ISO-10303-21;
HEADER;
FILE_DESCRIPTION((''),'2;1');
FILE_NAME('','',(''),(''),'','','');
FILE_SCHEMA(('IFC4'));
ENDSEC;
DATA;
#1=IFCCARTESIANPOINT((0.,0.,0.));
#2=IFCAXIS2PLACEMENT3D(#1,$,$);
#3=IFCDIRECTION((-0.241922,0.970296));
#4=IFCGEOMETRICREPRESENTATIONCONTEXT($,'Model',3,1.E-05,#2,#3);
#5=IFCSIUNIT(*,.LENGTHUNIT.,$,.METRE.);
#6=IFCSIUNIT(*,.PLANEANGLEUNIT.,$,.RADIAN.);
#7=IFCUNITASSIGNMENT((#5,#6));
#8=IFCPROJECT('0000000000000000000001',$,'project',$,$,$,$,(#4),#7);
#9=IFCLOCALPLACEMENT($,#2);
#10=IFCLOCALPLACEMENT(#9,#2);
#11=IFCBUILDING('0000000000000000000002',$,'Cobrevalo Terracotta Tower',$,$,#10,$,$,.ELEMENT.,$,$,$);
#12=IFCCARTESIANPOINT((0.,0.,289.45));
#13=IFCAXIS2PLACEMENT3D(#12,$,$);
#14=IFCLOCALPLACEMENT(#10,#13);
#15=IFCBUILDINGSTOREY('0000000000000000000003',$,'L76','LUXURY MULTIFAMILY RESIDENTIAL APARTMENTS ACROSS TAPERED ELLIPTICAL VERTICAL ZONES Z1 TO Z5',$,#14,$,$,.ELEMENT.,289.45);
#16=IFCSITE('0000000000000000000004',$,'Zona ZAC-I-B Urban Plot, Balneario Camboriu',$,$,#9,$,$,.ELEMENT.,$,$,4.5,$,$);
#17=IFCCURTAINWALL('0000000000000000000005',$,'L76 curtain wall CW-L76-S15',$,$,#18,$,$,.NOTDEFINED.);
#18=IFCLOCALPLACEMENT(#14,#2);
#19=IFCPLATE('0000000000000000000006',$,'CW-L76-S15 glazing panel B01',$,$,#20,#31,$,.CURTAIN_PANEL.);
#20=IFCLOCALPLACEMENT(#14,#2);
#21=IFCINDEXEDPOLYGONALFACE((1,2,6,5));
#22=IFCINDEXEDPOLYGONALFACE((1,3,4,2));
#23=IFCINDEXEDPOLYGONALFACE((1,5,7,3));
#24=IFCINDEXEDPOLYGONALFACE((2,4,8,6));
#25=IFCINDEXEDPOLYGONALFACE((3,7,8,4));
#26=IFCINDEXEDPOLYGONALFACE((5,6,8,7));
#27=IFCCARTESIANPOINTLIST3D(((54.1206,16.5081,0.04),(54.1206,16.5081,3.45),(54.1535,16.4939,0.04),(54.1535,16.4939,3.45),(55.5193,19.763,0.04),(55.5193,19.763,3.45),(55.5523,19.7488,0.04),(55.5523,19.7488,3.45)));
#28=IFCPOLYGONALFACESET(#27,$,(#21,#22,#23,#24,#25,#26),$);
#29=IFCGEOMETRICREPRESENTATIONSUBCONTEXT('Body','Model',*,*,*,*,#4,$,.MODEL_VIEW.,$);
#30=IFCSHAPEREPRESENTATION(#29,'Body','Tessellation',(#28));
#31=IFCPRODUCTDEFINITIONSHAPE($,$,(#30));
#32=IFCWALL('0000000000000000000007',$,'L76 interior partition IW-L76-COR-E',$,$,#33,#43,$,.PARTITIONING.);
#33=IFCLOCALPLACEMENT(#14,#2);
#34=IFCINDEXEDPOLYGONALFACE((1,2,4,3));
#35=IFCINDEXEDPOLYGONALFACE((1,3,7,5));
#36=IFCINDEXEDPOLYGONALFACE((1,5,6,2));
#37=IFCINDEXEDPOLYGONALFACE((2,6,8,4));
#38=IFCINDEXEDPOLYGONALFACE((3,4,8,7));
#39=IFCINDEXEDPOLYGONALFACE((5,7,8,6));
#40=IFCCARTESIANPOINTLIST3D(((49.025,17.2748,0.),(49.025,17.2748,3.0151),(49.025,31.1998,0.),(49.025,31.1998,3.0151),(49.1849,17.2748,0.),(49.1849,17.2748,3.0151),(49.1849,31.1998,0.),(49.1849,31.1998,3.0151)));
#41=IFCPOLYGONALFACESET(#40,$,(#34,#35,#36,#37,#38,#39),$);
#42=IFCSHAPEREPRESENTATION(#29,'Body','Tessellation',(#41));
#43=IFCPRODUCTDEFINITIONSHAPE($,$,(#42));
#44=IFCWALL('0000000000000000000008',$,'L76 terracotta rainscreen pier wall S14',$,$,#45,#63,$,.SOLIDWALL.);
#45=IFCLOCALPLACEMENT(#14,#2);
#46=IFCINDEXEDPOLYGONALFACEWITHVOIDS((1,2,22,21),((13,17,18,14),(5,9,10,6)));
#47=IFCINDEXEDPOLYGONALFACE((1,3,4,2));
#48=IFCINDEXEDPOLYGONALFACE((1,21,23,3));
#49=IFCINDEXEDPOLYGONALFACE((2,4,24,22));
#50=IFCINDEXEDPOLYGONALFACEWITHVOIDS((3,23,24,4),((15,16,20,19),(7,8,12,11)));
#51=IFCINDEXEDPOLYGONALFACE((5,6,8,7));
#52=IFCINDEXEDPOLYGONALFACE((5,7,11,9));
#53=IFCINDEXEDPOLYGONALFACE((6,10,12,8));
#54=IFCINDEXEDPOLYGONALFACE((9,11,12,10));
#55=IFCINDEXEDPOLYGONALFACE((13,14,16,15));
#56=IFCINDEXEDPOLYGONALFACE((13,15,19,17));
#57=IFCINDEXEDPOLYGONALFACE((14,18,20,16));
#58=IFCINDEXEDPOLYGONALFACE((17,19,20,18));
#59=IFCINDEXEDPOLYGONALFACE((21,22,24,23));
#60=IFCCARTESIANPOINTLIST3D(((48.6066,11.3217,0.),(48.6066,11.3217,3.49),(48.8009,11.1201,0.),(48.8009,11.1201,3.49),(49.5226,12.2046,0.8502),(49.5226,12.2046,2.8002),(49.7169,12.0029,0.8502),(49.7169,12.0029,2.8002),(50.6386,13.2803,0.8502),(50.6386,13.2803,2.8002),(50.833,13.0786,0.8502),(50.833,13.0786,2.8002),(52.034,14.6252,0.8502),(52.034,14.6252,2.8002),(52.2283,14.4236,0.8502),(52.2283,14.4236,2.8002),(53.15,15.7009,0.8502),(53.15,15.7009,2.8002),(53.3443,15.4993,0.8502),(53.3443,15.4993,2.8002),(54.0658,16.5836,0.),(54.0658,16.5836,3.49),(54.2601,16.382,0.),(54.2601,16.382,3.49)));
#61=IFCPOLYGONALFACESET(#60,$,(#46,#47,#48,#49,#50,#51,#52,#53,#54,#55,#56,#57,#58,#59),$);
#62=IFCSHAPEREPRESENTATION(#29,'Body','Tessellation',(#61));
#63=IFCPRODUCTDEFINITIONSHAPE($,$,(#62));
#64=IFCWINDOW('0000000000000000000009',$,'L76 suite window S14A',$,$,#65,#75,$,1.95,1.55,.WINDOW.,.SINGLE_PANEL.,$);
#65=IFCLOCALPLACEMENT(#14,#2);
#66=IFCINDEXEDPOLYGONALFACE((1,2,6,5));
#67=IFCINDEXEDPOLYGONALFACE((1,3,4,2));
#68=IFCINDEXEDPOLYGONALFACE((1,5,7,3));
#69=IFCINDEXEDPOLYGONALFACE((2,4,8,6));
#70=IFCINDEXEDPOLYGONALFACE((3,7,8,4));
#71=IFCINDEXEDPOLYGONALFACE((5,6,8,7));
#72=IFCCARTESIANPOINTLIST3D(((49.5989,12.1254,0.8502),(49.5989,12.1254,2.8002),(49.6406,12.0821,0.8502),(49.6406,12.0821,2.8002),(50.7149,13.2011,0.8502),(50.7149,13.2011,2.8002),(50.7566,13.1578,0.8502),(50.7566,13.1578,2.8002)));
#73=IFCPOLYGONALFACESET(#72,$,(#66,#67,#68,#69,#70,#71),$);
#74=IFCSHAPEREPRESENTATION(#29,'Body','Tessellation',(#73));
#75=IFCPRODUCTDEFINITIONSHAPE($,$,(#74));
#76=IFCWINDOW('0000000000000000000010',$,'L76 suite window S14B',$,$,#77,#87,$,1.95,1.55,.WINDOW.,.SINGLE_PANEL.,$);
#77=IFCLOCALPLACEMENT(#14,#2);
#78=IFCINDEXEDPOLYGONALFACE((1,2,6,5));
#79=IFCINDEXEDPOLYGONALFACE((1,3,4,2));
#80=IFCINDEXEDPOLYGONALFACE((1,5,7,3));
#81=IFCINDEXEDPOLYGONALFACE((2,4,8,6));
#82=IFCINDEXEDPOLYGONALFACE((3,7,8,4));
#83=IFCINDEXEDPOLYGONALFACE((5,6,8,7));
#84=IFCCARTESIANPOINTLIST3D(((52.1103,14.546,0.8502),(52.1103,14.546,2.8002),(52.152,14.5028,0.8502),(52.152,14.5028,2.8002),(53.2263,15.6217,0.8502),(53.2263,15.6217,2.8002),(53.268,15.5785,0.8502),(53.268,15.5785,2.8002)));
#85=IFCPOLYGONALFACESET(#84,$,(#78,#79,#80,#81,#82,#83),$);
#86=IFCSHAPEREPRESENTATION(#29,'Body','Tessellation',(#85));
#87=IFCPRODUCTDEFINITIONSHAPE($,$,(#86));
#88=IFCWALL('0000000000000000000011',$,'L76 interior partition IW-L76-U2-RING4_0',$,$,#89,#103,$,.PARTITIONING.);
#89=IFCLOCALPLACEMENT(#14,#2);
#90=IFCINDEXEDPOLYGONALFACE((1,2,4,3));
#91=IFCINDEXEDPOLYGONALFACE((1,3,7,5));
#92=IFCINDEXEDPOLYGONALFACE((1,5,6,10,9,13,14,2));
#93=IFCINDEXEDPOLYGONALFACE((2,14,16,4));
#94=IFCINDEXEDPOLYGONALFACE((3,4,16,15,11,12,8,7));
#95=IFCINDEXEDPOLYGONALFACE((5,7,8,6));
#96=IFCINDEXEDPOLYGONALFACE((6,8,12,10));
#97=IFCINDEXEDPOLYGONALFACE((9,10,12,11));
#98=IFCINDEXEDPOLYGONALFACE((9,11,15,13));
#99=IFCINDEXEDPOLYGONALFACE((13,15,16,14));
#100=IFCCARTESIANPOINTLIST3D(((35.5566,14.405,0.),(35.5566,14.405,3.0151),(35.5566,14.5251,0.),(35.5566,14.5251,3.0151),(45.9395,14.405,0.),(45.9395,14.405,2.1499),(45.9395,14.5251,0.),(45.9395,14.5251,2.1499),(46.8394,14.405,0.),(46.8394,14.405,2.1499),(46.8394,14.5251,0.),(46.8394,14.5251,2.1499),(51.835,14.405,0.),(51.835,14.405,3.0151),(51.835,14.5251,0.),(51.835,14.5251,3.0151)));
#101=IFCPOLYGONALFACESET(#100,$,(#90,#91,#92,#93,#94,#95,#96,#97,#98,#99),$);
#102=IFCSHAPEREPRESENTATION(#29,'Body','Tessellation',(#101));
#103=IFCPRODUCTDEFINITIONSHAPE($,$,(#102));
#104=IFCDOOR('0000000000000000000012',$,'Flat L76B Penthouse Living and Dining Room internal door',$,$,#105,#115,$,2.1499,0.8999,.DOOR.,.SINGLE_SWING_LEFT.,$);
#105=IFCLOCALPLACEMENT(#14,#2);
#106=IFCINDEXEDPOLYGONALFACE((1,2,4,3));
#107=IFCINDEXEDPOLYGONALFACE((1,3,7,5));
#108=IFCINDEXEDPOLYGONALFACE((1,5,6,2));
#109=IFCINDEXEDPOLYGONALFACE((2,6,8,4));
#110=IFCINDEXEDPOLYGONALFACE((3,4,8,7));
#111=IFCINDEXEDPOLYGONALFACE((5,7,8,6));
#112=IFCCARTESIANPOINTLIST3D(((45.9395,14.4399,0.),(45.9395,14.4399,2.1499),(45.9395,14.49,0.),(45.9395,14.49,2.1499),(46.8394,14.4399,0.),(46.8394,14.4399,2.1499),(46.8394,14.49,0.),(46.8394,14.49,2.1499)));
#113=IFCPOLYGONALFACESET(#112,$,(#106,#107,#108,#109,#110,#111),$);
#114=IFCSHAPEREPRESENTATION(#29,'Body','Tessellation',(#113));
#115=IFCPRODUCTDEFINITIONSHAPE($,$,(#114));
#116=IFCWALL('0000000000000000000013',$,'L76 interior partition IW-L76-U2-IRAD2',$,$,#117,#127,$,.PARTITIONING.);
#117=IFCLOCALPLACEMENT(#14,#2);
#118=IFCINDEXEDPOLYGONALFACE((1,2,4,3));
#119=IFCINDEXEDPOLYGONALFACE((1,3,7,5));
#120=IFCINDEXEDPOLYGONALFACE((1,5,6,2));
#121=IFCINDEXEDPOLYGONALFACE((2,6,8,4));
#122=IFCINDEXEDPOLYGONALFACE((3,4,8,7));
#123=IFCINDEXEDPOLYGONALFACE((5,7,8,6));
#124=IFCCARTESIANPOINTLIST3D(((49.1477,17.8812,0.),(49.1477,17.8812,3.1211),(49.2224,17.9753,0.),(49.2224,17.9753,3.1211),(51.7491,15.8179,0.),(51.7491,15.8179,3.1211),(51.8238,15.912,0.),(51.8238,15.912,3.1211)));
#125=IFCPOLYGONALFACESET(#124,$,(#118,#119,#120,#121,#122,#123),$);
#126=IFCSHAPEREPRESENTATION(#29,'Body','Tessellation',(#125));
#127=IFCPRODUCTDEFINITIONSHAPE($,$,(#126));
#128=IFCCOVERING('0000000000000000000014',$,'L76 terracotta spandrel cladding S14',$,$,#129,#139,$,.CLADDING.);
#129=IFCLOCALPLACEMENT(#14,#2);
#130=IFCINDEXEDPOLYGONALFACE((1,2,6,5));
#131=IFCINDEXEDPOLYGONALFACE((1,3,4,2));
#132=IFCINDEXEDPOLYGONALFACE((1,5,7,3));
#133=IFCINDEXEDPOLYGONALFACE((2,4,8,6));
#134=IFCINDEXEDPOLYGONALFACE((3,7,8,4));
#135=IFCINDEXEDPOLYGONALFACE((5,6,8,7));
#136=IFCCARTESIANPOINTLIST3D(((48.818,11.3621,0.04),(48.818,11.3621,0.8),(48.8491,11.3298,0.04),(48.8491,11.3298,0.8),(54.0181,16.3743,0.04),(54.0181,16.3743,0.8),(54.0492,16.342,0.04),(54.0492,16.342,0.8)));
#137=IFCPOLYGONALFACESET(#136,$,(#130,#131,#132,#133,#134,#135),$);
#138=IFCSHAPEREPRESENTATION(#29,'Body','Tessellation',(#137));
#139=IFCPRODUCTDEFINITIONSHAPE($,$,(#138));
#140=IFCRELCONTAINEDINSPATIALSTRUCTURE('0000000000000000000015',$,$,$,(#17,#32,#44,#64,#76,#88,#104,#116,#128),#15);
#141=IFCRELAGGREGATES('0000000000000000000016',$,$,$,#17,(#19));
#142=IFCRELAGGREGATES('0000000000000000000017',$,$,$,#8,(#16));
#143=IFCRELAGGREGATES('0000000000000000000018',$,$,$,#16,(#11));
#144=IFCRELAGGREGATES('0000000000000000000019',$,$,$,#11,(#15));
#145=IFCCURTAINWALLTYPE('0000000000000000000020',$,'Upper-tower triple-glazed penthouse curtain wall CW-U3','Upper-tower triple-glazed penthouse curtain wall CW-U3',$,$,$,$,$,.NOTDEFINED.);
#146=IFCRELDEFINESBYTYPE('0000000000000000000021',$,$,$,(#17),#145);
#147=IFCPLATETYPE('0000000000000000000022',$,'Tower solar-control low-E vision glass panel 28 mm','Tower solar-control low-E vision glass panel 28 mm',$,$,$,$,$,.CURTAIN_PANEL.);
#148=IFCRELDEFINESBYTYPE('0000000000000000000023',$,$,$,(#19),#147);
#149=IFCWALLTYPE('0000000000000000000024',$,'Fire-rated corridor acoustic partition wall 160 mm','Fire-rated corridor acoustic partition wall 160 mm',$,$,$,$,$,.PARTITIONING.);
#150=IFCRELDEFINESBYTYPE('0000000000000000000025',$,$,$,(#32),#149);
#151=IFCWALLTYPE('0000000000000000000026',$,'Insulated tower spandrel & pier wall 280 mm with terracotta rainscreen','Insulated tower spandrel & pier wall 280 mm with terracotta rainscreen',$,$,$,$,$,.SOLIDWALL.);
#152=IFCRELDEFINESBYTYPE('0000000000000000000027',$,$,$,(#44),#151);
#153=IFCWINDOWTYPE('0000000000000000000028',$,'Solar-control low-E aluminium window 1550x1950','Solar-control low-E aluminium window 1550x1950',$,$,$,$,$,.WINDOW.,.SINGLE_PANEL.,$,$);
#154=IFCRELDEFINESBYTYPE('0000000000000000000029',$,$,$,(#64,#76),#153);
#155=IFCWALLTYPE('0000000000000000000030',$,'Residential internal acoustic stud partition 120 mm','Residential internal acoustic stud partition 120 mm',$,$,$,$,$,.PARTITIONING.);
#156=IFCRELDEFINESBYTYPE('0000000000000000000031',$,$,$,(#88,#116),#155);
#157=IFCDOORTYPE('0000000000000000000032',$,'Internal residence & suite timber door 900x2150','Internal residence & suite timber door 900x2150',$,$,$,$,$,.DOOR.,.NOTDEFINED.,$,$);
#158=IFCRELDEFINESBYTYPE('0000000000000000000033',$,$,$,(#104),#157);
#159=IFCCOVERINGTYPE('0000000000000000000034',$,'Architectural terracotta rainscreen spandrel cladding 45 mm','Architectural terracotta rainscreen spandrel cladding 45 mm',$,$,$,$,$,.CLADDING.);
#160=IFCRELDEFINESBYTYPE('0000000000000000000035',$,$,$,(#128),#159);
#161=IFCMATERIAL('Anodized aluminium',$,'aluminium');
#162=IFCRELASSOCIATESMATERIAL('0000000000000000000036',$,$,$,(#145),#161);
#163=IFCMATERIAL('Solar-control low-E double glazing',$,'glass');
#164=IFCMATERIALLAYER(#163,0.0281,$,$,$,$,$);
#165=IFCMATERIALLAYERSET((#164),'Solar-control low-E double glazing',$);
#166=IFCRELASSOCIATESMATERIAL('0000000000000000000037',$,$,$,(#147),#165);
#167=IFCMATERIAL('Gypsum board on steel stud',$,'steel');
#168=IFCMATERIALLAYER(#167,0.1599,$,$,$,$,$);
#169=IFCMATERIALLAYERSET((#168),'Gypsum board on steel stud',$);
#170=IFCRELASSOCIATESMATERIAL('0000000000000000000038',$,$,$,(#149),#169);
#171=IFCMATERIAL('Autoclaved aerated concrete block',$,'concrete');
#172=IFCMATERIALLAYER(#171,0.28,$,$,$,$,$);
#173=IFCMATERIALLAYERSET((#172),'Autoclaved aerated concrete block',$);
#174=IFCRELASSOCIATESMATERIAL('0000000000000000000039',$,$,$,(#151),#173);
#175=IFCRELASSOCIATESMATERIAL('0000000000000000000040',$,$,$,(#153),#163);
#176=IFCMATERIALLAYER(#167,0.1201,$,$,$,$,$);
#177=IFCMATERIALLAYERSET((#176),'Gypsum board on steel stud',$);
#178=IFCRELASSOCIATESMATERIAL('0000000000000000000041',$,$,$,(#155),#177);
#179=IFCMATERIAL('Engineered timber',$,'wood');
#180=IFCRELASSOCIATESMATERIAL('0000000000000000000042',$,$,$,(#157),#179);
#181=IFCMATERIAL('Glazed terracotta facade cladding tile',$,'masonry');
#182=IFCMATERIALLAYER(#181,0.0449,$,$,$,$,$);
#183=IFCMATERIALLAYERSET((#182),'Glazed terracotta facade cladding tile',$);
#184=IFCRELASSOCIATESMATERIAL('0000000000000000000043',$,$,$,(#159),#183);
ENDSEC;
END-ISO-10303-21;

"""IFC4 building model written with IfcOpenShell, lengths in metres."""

from ifc_helpers import new_model, si_unit, direction, frame, frame_2d, origin, origin_2d, place, context, subcontext, project, spatial, rectangle, extrude, source, transform, mapped, material, layer, layer_set, type_object, element, fill, aggregate, save


model = new_model("IFC4")

# Units and contexts
model_context = context("Model", 3, precision=1e-05, world=origin(), true_north=direction((-0.241922, 0.970296)))
body_context = subcontext(model_context, "Body", "Model", "MODEL_VIEW")
ifc_project = project(units=[si_unit("LENGTHUNIT", "METRE"), si_unit("PLANEANGLEUNIT", "RADIAN")], contexts=[model_context])

# Site, building, storey
site_placement = place(None, origin())
site = spatial("IfcSite", under=ifc_project, at=site_placement, Name="Zona ZAC-I-B Urban Plot, Balneario Camboriu", CompositionType="ELEMENT", RefElevation=4.5)
building_placement = place(site_placement, origin())
building = spatial("IfcBuilding", under=site, at=building_placement, Name="Cobrevalo Terracotta Tower", CompositionType="ELEMENT")
storey_placement = place(building_placement, frame((0.0, 0.0, 289.45)))
storey = spatial("IfcBuildingStorey", under=building, at=storey_placement, Name="L76", Description="LUXURY MULTIFAMILY RESIDENTIAL APARTMENTS ACROSS TAPERED ELLIPTICAL VERTICAL ZONES Z1 TO Z5", CompositionType="ELEMENT", Elevation=289.45)

# Shared definitions
ifc_material_1 = material(Name="Anodized aluminium", Category="aluminium")
curtain_wall_type = type_object("IfcCurtainWallType", Name="Upper-tower triple-glazed penthouse curtain wall CW-U3", Description="Upper-tower triple-glazed penthouse curtain wall CW-U3", PredefinedType="NOTDEFINED", material=ifc_material_1)

# Curtain wall
curtain_wall_1_placement = place(storey_placement, origin())
curtain_wall_1 = element("IfcCurtainWall", 1, at=curtain_wall_1_placement, inside=storey, type_object=curtain_wall_type, Name="L76 curtain wall CW-L76-S15", PredefinedType="NOTDEFINED")

# Plate
ifc_material_2 = material(Name="Solar-control low-E double glazing", Category="glass")
ifc_layer_1 = layer(ifc_material_2, 0.0281)
ifc_layer_set_1 = layer_set([ifc_layer_1], Name="Solar-control low-E double glazing")
plate_type = type_object("IfcPlateType", Name="Tower solar-control low-E vision glass panel 28 mm", Description="Tower solar-control low-E vision glass panel 28 mm", PredefinedType="CURTAIN_PANEL", material=ifc_layer_set_1)
shared_shape_1 = source(origin(), body_context, "Body", "SweptSolid", [
    extrude(rectangle(XDim=3.5427, YDim=0.0359, at=origin_2d()), origin(), (0.0, 0.0, 1.0), 3.4099),
])
plate_1_placement = place(storey_placement, frame((54.8364, 18.1284, 0.04), z_axis=(0.0, 0.0, 1.0), x_axis=(0.394829, 0.918755, 0.0)))
plate_1 = element("IfcPlate", 2, at=plate_1_placement, type_object=plate_type, Name="CW-L76-S15 glazing panel B01", PredefinedType="CURTAIN_PANEL", context=body_context, shape_type="MappedRepresentation", body=[
    mapped(shared_shape_1, transform((0.0, 0.0, 0.0), scale=1.0)),
])
aggregate(curtain_wall_1, [plate_1])

# Wall
ifc_material_3 = material(Name="Gypsum board on steel stud", Category="steel")
ifc_layer_2 = layer(ifc_material_3, 0.1599)
ifc_layer_set_2 = layer_set([ifc_layer_2], Name="Gypsum board on steel stud")
wall_type_1 = type_object("IfcWallType", Name="Fire-rated corridor acoustic partition wall 160 mm", Description="Fire-rated corridor acoustic partition wall 160 mm", PredefinedType="PARTITIONING", material=ifc_layer_set_2)
wall_1_placement = place(storey_placement, frame((49.105, 17.2749, 0.0), z_axis=(0.0, 0.0, 1.0), x_axis=(0.0, 1.0, 0.0)))
element("IfcWall", 3, at=wall_1_placement, inside=storey, type_object=wall_type_1, Name="L76 interior partition IW-L76-COR-E", PredefinedType="PARTITIONING", context=body_context, shape_type="SweptSolid", body=[
    extrude(rectangle(XDim=13.925, YDim=0.1599, at=frame_2d((6.9624, 0.0))), origin(), (0.0, 0.0, 1.0), 3.0151),
])

# Wall, openings, windows
ifc_material_4 = material(Name="Autoclaved aerated concrete block", Category="concrete")
ifc_layer_3 = layer(ifc_material_4, 0.28)
ifc_layer_set_3 = layer_set([ifc_layer_3], Name="Autoclaved aerated concrete block")
wall_type_2 = type_object("IfcWallType", Name="Insulated tower spandrel & pier wall 280 mm with terracotta rainscreen", Description="Insulated tower spandrel & pier wall 280 mm with terracotta rainscreen", PredefinedType="SOLIDWALL", material=ifc_layer_set_3)
wall_2_placement = place(storey_placement, frame((48.7039, 11.2209, 0.0), z_axis=(0.0, 0.0, 1.0), x_axis=(0.719995, 0.693979, 0.0)))
wall_2 = element("IfcWall", 4, at=wall_2_placement, inside=storey, type_object=wall_type_2, Name="L76 terracotta rainscreen pier wall S14", PredefinedType="SOLIDWALL", context=body_context, shape_type="SweptSolid", body=[
    extrude(rectangle(XDim=7.5823, YDim=0.28, at=frame_2d((3.791, 0.0))), origin(), (0.0, 0.0, 1.0), 3.49),
])
opening_1_placement = place(wall_2_placement, frame((1.2722, 0.0, 0.8501)))
opening_1 = element("IfcOpeningElement", 5, at=opening_1_placement, cuts=wall_2, PredefinedType="OPENING", context=body_context, shape_type="SweptSolid", body=[
    extrude(rectangle(XDim=1.55, YDim=1.95, at=frame_2d((0.7749, 0.9751))), frame((0.0, 0.1499, 0.0), z_axis=(0.0, -1.0, 0.0), x_axis=(1.0, 0.0, 0.0)), (0.0, 0.0, 1.0), 0.3),
])
opening_2_placement = place(wall_2_placement, frame((4.7603, 0.0, 0.8501)))
opening_2 = element("IfcOpeningElement", 6, at=opening_2_placement, cuts=wall_2, PredefinedType="OPENING", context=body_context, shape_type="SweptSolid", body=[
    extrude(rectangle(XDim=1.55, YDim=1.95, at=frame_2d((0.7749, 0.9751))), frame((0.0, 0.1499, 0.0), z_axis=(0.0, -1.0, 0.0), x_axis=(1.0, 0.0, 0.0)), (0.0, 0.0, 1.0), 0.3),
])
window_type = type_object("IfcWindowType", Name="Solar-control low-E aluminium window 1550x1950", Description="Solar-control low-E aluminium window 1550x1950", PartitioningType="SINGLE_PANEL", PredefinedType="WINDOW", material=ifc_material_2)
shared_shape_2 = source(origin(), body_context, "Body", "SweptSolid", [
    extrude(rectangle(XDim=1.55, YDim=1.95, at=frame_2d((0.7749, 0.9751))), frame((0.0, 0.03, 0.0), z_axis=(0.0, -1.0, 0.0), x_axis=(1.0, 0.0, 0.0)), (0.0, 0.0, 1.0), 0.0601),
])
window_1_placement = place(opening_1_placement, origin())
window_1 = element("IfcWindow", 7, at=window_1_placement, inside=storey, type_object=window_type, Name="L76 suite window S14A", OverallHeight=1.95, OverallWidth=1.55, PartitioningType="SINGLE_PANEL", PredefinedType="WINDOW", context=body_context, shape_type="MappedRepresentation", body=[
    mapped(shared_shape_2, transform((0.0, 0.0, 0.0), scale=1.0)),
])
fill(opening_1, window_1)
window_2_placement = place(opening_2_placement, origin())
window_2 = element("IfcWindow", 8, at=window_2_placement, inside=storey, type_object=window_type, Name="L76 suite window S14B", OverallHeight=1.95, OverallWidth=1.55, PartitioningType="SINGLE_PANEL", PredefinedType="WINDOW", context=body_context, shape_type="MappedRepresentation", body=[
    mapped(shared_shape_2, transform((0.0, 0.0, 0.0), scale=1.0)),
])
fill(opening_2, window_2)

# Wall, opening, door
ifc_layer_4 = layer(ifc_material_3, 0.1201)
ifc_layer_set_4 = layer_set([ifc_layer_4], Name="Gypsum board on steel stud")
wall_type_3 = type_object("IfcWallType", Name="Residential internal acoustic stud partition 120 mm", Description="Residential internal acoustic stud partition 120 mm", PredefinedType="PARTITIONING", material=ifc_layer_set_4)
wall_3_placement = place(storey_placement, frame((51.835, 14.4651, 0.0), z_axis=(0.0, 0.0, 1.0), x_axis=(-1.0, 0.0, 0.0)))
wall_3 = element("IfcWall", 9, at=wall_3_placement, inside=storey, type_object=wall_type_3, Name="L76 interior partition IW-L76-U2-RING4_0", PredefinedType="PARTITIONING", context=body_context, shape_type="SweptSolid", body=[
    extrude(rectangle(XDim=16.2783, YDim=0.1201, at=frame_2d((8.1392, 0.0))), origin(), (0.0, 0.0, 1.0), 3.0151),
])
opening_3_placement = place(wall_3_placement, frame((4.9956, 0.0, 0.0)))
opening_3 = element("IfcOpeningElement", 10, at=opening_3_placement, cuts=wall_3, PredefinedType="OPENING", context=body_context, shape_type="SweptSolid", body=[
    extrude(rectangle(XDim=0.8999, YDim=2.1499, at=frame_2d((0.45, 1.075))), frame((0.0, 0.0701, 0.0), z_axis=(0.0, -1.0, 0.0), x_axis=(1.0, 0.0, 0.0)), (0.0, 0.0, 1.0), 0.1401),
])
ifc_material_5 = material(Name="Engineered timber", Category="wood")
door_type = type_object("IfcDoorType", Name="Internal residence & suite timber door 900x2150", Description="Internal residence & suite timber door 900x2150", OperationType="NOTDEFINED", PredefinedType="DOOR", material=ifc_material_5)
shared_shape_3 = source(origin(), body_context, "Body", "SweptSolid", [
    extrude(rectangle(XDim=0.8999, YDim=2.1499, at=frame_2d((0.45, 1.075))), frame((0.0, 0.0249, 0.0), z_axis=(0.0, -1.0, 0.0), x_axis=(1.0, 0.0, 0.0)), (0.0, 0.0, 1.0), 0.05),
])
door_placement = place(opening_3_placement, frame((0.8999, 0.0, 0.0), z_axis=(0.0, 0.0, 1.0), x_axis=(-1.0, 0.0, 0.0)))
door = element("IfcDoor", 11, at=door_placement, inside=storey, type_object=door_type, Name="Flat L76B Penthouse Living and Dining Room internal door", OperationType="SINGLE_SWING_LEFT", OverallHeight=2.1499, OverallWidth=0.8999, PredefinedType="DOOR", context=body_context, shape_type="MappedRepresentation", body=[
    mapped(shared_shape_3, transform((0.0, 0.0, 0.0), scale=1.0)),
])
fill(opening_3, door)

# Wall
wall_4_placement = place(storey_placement, frame((49.1851, 17.9282, 0.0), z_axis=(0.0, 0.0, 1.0), x_axis=(0.78348, -0.621417, 0.0)))
element("IfcWall", 12, at=wall_4_placement, inside=storey, type_object=wall_type_3, Name="L76 interior partition IW-L76-U2-IRAD2", PredefinedType="PARTITIONING", context=body_context, shape_type="SweptSolid", body=[
    extrude(rectangle(XDim=3.3203, YDim=0.1201, at=frame_2d((1.6602, 0.0))), origin(), (0.0, 0.0, 1.0), 3.1211),
])

# Covering
ifc_material_6 = material(Name="Glazed terracotta facade cladding tile", Category="masonry")
ifc_layer_5 = layer(ifc_material_6, 0.0449)
ifc_layer_set_5 = layer_set([ifc_layer_5], Name="Glazed terracotta facade cladding tile")
covering_type = type_object("IfcCoveringType", Name="Architectural terracotta rainscreen spandrel cladding 45 mm", Description="Architectural terracotta rainscreen spandrel cladding 45 mm", PredefinedType="CLADDING", material=ifc_layer_set_5)
shared_shape_4 = source(origin(), body_context, "Body", "SweptSolid", [
    extrude(rectangle(XDim=7.2224, YDim=0.0449, at=origin_2d()), origin(), (0.0, 0.0, 1.0), 0.76),
])
covering_placement = place(storey_placement, frame((51.4336, 13.8521, 0.04), z_axis=(0.0, 0.0, 1.0), x_axis=(0.719997, 0.693978, 0.0)))
element("IfcCovering", 13, at=covering_placement, inside=storey, type_object=covering_type, Name="L76 terracotta spandrel cladding S14", PredefinedType="CLADDING", context=body_context, shape_type="MappedRepresentation", body=[
    mapped(shared_shape_4, transform((0.0, 0.0, 0.0), scale=1.0)),
])

save(model, "model.ifc")
